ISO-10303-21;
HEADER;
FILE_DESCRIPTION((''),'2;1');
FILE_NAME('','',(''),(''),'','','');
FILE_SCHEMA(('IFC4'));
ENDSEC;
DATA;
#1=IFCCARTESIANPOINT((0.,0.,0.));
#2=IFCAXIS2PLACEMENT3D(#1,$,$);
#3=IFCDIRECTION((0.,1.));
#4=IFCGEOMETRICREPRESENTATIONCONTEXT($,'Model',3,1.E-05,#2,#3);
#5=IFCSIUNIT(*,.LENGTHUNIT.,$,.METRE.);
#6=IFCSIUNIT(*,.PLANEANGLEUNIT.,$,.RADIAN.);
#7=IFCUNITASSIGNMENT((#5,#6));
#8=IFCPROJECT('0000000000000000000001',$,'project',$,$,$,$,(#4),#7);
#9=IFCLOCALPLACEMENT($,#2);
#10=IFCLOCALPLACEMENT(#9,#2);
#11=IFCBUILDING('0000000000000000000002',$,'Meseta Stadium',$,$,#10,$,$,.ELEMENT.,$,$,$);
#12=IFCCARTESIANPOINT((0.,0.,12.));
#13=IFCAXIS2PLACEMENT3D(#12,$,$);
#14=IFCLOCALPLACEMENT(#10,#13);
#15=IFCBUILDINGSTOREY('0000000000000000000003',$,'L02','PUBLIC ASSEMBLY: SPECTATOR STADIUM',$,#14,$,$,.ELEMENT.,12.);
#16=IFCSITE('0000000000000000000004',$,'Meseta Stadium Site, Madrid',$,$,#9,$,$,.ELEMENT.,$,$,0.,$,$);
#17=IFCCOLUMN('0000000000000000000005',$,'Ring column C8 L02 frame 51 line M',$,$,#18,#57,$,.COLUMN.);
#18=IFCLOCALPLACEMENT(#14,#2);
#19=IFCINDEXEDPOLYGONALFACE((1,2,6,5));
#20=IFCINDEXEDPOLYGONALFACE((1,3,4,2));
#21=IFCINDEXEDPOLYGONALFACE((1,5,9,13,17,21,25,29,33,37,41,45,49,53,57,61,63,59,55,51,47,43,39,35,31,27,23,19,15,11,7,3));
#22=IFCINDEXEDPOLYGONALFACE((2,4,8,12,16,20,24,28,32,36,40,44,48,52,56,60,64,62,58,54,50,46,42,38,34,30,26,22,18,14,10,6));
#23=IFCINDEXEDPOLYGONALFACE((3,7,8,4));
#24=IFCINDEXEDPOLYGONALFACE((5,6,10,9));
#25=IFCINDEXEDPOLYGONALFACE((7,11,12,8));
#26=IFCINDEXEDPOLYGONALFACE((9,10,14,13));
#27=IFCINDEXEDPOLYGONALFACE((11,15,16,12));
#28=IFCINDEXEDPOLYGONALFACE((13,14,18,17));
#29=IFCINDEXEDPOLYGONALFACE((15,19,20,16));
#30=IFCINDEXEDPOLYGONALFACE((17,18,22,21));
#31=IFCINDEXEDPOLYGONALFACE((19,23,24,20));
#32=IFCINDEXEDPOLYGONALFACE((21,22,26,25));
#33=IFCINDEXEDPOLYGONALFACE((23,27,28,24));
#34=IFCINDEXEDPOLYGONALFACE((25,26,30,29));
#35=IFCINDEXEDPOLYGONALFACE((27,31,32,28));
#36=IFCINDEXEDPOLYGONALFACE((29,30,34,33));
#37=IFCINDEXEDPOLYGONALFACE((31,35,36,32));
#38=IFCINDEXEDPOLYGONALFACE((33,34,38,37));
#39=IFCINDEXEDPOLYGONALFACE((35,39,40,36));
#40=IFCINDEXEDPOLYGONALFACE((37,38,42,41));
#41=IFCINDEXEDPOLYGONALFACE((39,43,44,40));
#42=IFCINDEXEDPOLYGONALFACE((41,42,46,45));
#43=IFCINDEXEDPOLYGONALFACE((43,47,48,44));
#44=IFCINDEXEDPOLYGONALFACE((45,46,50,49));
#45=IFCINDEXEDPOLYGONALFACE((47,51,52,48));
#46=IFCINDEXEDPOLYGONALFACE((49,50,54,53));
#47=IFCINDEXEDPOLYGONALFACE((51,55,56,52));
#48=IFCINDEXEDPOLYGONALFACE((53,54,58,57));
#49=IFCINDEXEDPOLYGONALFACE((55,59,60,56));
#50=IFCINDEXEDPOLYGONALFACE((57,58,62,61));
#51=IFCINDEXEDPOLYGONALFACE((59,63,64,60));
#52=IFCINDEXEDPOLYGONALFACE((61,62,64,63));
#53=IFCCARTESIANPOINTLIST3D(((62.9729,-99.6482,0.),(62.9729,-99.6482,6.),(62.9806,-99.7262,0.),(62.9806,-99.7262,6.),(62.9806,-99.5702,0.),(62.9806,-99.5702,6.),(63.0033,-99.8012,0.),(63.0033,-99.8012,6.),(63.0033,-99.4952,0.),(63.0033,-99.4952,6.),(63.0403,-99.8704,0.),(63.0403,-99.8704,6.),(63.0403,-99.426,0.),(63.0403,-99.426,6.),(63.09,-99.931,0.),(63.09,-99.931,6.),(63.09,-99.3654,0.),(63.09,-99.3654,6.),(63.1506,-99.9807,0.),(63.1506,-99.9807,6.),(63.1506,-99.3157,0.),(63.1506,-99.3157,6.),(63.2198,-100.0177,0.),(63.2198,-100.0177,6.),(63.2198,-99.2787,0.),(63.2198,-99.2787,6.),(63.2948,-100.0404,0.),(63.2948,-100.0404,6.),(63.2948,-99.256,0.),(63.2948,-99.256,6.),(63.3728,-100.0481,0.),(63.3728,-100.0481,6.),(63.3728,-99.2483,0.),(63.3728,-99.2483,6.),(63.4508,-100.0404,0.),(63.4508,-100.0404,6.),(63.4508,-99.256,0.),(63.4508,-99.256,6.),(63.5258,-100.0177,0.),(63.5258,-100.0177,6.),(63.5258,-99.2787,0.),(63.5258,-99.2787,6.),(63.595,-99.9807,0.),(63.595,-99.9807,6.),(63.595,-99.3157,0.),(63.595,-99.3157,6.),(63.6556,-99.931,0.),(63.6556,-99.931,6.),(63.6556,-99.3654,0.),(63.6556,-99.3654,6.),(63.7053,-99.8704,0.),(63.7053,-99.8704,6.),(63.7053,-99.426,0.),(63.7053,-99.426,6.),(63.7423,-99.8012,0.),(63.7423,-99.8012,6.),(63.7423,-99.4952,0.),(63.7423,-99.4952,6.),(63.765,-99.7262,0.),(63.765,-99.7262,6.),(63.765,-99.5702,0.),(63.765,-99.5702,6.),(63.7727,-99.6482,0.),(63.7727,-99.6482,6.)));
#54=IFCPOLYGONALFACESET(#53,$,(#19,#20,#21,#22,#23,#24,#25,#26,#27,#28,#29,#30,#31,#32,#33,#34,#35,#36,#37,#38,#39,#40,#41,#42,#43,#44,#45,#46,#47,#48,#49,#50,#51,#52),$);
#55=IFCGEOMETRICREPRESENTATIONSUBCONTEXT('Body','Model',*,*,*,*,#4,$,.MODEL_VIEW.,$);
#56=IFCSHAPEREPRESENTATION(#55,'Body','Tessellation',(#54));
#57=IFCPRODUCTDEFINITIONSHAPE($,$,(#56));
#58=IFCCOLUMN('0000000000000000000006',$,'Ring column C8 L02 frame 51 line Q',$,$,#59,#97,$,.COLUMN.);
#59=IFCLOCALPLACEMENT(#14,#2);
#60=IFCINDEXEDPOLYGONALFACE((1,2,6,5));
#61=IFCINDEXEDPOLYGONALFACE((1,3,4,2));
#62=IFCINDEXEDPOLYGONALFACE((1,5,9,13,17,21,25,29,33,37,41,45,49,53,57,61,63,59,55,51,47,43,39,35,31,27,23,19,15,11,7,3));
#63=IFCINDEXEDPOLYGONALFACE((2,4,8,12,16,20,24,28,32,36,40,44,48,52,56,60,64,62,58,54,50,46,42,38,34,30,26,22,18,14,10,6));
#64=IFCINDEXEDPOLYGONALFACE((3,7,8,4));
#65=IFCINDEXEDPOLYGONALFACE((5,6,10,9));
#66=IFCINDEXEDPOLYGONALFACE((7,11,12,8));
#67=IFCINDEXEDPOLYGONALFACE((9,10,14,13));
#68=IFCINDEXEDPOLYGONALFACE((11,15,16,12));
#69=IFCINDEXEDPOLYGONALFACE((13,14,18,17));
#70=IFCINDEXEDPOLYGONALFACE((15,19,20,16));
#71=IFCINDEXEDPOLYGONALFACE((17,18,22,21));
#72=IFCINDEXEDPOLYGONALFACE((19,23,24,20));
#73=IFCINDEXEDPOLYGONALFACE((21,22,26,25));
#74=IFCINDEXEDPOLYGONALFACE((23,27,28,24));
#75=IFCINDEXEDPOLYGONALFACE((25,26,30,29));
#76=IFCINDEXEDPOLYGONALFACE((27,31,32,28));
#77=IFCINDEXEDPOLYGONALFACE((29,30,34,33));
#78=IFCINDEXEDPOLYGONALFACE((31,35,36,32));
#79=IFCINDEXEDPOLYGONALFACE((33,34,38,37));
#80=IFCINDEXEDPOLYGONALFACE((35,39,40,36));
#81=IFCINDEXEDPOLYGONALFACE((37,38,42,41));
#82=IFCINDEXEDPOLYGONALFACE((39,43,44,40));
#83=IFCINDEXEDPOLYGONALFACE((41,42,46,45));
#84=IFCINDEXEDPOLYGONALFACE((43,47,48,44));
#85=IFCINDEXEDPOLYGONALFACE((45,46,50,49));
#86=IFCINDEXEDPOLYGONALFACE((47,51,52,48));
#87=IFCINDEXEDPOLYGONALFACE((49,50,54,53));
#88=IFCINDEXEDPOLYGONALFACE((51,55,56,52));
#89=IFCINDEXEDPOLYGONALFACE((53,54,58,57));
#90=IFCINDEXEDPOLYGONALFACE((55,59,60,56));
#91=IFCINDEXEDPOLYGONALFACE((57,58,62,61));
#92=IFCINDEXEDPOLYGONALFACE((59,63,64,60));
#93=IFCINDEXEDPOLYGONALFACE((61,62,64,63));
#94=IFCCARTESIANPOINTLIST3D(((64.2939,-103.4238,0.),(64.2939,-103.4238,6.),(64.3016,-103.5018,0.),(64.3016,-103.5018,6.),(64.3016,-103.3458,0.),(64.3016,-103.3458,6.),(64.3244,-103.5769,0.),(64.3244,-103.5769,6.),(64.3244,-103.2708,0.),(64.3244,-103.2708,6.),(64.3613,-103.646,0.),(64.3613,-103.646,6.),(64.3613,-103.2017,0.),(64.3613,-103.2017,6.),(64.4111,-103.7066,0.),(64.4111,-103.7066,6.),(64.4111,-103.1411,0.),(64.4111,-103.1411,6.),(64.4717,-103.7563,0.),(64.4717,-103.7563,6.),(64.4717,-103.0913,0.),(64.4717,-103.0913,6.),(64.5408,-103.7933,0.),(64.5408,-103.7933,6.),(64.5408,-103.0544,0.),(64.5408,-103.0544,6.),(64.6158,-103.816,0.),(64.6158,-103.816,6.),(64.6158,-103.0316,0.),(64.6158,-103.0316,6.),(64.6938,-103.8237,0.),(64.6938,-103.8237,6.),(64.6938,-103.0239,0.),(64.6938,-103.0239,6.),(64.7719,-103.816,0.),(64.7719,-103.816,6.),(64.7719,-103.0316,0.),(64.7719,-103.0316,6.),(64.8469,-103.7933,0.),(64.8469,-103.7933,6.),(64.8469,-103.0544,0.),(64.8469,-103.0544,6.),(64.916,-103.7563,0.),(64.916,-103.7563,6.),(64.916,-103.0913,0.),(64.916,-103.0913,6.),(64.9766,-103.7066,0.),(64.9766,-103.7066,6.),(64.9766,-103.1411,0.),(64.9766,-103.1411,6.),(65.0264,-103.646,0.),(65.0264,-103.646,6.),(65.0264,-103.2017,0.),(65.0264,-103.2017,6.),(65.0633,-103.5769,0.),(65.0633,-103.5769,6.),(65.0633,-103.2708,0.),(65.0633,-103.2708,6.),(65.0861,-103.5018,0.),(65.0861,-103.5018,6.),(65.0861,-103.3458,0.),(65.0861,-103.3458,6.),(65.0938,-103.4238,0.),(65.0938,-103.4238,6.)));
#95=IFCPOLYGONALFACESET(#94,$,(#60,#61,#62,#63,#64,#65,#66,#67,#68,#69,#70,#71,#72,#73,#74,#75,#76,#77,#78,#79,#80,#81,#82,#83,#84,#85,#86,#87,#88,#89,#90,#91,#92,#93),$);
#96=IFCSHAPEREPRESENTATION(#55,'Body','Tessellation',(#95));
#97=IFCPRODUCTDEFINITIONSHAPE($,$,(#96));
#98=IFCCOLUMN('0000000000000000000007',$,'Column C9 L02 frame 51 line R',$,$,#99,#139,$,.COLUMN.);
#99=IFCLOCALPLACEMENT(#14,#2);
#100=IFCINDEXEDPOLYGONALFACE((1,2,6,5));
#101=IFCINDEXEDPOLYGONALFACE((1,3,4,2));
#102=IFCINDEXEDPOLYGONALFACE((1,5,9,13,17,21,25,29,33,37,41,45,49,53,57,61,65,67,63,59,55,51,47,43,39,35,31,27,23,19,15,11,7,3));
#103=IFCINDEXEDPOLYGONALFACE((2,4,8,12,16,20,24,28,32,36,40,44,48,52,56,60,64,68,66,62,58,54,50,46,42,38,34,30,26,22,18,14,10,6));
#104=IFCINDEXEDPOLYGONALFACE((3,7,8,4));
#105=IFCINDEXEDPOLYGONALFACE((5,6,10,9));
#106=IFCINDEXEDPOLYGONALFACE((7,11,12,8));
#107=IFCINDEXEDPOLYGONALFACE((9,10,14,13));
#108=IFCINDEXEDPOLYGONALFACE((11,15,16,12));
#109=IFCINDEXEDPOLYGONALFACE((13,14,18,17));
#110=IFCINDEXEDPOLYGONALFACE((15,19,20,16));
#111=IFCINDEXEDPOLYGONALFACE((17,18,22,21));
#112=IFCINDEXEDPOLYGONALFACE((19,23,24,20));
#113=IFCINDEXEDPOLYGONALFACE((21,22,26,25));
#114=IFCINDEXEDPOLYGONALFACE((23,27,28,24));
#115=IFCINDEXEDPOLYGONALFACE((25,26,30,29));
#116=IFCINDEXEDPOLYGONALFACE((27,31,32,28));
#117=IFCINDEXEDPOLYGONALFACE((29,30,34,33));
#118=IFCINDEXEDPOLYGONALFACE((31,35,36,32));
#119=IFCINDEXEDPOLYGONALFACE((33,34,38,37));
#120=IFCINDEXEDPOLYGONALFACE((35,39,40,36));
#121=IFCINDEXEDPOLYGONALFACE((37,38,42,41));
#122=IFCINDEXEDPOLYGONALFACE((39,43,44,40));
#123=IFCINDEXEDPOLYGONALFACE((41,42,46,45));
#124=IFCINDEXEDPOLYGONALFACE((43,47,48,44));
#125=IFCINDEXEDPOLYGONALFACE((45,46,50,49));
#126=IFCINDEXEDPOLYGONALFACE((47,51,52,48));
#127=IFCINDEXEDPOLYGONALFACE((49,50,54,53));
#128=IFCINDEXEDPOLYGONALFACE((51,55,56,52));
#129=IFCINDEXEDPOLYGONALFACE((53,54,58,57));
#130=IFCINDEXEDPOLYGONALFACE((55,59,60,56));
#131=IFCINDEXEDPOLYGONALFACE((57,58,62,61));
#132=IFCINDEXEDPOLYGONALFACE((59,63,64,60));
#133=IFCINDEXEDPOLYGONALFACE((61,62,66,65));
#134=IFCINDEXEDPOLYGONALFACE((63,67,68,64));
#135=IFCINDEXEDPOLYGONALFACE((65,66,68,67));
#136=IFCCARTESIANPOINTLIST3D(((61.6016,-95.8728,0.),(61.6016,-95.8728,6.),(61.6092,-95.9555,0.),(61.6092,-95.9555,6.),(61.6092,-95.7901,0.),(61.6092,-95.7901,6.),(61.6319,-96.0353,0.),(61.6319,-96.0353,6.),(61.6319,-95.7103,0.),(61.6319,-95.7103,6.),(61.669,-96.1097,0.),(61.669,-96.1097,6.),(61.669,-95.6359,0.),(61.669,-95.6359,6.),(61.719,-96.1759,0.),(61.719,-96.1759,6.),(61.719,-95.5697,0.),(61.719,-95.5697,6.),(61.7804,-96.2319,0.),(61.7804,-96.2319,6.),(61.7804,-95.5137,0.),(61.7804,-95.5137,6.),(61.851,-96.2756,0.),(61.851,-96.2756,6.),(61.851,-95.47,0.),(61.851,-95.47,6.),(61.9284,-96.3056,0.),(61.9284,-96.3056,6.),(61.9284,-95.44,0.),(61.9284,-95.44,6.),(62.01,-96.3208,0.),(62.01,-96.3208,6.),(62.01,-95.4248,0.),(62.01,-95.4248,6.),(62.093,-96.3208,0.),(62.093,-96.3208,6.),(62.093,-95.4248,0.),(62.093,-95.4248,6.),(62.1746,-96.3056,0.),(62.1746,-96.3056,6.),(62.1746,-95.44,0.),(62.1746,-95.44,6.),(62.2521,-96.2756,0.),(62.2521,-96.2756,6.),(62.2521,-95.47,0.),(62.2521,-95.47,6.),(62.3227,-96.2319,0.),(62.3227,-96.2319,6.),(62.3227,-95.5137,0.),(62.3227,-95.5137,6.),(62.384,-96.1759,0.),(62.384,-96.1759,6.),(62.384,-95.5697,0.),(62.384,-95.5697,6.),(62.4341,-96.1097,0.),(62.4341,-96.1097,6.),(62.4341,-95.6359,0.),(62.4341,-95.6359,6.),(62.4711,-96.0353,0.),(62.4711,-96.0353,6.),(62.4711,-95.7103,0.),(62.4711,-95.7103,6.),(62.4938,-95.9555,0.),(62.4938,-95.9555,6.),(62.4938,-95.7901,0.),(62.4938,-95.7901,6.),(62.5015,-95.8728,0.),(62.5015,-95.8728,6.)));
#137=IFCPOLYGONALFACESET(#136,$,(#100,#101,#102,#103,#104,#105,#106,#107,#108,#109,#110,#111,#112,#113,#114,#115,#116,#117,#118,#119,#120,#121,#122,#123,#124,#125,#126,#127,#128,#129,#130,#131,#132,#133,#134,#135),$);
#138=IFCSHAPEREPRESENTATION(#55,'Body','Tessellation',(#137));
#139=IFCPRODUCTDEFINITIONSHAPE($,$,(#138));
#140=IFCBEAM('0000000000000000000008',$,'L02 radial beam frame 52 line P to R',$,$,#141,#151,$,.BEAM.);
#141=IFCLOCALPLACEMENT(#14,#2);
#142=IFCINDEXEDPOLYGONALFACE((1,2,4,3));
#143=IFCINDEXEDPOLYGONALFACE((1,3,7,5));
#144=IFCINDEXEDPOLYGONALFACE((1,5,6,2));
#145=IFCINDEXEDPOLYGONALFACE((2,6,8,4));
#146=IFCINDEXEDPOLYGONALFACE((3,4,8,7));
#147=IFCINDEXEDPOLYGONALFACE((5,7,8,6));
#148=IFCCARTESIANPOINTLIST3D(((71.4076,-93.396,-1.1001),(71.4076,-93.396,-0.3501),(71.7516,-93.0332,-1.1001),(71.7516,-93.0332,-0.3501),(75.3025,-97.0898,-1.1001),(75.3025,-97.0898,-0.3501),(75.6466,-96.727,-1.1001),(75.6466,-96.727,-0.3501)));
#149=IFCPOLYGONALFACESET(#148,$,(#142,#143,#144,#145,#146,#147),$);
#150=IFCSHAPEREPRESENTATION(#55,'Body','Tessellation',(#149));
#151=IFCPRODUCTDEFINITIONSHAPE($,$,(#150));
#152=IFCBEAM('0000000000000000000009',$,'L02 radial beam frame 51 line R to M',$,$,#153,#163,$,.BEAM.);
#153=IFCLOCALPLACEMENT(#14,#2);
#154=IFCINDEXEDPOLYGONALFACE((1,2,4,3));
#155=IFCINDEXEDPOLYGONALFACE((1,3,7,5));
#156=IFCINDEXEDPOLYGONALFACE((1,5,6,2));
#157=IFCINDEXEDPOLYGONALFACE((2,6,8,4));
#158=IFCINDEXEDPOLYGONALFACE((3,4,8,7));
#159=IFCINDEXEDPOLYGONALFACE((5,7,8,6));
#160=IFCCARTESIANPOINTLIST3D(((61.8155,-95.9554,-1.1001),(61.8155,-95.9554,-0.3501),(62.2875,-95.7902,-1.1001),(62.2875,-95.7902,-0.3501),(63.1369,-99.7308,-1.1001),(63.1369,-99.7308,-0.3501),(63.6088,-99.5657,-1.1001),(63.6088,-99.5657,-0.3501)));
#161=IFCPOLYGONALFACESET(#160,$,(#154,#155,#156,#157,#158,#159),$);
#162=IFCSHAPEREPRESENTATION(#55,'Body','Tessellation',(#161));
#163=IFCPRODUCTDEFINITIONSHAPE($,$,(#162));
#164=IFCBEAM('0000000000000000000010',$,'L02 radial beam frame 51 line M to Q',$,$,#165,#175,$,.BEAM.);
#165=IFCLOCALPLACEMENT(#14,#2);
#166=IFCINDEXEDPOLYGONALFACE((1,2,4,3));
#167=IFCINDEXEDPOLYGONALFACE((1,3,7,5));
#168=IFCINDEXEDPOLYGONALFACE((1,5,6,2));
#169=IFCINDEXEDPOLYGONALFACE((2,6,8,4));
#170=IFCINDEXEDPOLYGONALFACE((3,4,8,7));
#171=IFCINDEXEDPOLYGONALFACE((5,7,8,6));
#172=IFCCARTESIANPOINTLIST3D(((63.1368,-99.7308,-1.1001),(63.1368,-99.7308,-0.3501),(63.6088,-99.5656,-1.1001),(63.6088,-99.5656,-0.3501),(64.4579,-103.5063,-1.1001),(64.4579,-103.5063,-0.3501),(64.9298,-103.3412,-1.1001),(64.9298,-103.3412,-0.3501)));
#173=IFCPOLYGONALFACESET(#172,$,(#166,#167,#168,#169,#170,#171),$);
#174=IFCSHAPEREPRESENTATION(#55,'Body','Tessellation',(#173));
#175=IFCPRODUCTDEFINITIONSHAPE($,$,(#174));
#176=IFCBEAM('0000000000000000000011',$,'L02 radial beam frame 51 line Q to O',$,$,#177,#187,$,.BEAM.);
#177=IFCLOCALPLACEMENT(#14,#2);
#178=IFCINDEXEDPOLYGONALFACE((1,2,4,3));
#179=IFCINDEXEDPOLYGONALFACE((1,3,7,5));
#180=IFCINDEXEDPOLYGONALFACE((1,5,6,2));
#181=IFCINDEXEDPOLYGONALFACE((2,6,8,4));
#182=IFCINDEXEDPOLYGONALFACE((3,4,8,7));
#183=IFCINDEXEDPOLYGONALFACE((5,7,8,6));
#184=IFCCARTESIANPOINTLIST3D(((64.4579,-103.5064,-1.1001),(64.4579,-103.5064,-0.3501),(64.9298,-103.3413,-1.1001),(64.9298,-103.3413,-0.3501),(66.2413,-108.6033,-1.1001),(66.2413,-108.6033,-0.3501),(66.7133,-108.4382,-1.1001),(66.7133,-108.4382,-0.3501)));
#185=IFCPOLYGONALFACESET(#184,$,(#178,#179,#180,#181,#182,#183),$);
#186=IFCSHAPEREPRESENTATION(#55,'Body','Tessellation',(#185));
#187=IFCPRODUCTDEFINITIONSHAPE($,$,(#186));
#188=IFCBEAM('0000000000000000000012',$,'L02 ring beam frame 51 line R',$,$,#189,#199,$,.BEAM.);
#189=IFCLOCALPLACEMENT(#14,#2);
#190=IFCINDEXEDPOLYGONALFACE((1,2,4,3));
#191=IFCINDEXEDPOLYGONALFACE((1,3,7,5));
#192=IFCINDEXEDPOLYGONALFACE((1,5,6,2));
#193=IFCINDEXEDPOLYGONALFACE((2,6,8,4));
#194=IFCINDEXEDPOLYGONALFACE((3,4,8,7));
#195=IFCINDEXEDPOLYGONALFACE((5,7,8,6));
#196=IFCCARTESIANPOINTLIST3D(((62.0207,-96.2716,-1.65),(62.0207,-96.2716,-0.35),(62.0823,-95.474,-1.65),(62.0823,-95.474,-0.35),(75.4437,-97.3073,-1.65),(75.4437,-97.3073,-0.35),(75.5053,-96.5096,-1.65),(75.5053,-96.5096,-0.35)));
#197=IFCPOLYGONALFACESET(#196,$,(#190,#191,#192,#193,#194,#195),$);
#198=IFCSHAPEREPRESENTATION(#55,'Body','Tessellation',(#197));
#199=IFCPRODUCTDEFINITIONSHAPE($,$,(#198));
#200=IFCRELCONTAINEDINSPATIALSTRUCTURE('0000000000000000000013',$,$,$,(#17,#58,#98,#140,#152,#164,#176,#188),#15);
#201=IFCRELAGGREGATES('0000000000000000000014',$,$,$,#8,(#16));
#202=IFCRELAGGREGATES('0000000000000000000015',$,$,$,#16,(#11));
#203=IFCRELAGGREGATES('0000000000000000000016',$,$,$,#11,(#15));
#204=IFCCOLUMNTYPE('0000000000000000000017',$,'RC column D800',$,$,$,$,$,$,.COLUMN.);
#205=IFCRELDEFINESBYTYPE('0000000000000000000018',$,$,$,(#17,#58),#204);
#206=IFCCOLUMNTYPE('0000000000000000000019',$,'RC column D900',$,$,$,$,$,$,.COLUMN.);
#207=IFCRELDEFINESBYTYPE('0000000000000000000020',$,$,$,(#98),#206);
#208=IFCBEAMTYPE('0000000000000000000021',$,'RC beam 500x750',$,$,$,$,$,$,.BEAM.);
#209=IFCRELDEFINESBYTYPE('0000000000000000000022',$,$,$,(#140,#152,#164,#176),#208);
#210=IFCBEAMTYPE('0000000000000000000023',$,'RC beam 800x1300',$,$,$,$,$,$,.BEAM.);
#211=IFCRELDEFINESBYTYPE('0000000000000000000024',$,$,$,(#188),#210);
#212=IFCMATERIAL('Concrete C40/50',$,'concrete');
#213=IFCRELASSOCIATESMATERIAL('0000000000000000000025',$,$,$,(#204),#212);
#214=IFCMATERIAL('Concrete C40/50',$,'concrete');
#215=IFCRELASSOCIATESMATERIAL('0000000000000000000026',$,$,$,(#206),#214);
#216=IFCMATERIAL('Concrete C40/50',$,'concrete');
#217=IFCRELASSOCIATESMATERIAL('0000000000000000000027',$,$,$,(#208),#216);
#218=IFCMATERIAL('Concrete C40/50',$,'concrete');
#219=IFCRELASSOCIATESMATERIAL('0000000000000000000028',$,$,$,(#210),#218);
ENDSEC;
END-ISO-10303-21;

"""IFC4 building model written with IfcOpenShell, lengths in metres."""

from ifc_helpers import new_model, si_unit, direction, frame, origin, origin_2d, place, context, subcontext, project, spatial, rectangle, circle, extrude, material, material_profile, profile_set, type_object, element, save


model = new_model("IFC4")

# Units and contexts
model_context = context("Model", 3, precision=1e-05, world=origin(), true_north=direction((0.0, 1.0)))
body_context = subcontext(model_context, "Body", "Model", "MODEL_VIEW")
ifc_project = project(units=[si_unit("LENGTHUNIT", "METRE"), si_unit("PLANEANGLEUNIT", "RADIAN")], contexts=[model_context])

# Site, building, storey
site_placement = place(None, origin())
site = spatial("IfcSite", under=ifc_project, at=site_placement, Name="Meseta Stadium Site, Madrid", CompositionType="ELEMENT", RefElevation=0.0)
building_placement = place(site_placement, origin())
building = spatial("IfcBuilding", under=site, at=building_placement, Name="Meseta Stadium", CompositionType="ELEMENT")
storey_placement = place(building_placement, frame((0.0, 0.0, 12.0)))
storey = spatial("IfcBuildingStorey", under=building, at=storey_placement, Name="L02", Description="PUBLIC ASSEMBLY: SPECTATOR STADIUM", CompositionType="ELEMENT", Elevation=12.0)

# Columns
ifc_material_1 = material(Name="Concrete C40/50", Category="concrete")
ifc_material_profile_1 = material_profile(ifc_material_1, circle(Radius=0.3999, at=origin_2d()), Name="RC D800")
ifc_profile_set_1 = profile_set([ifc_material_profile_1], Name="Concrete C40/50")
column_type_1 = type_object("IfcColumnType", Name="RC column D800", PredefinedType="COLUMN", material=ifc_profile_set_1)
for number, where, z_axis, x_axis, name in (
    (1, (63.3728, -99.6482, 0.0), (0.0, 0.0, 1.0), (1.0, 0.0, 0.0), "Ring column C8 L02 frame 51 line M"),
    (2, (64.6938, -103.4238, 0.0), (0.0, 0.0, 1.0), (1.0, 0.0, 0.0), "Ring column C8 L02 frame 51 line Q"),
):
    element("IfcColumn", number, at=place(storey_placement, frame(where, z_axis=z_axis, x_axis=x_axis)), inside=storey, type_object=column_type_1, Name=name, PredefinedType="COLUMN", context=body_context, shape_type="SweptSolid", body=[
        extrude(circle(Radius=0.3999, at=origin_2d()), origin(), (0.0, 0.0, 1.0), 6.0),
    ])
ifc_material_2 = material(Name="Concrete C40/50", Category="concrete")
ifc_material_profile_2 = material_profile(ifc_material_2, circle(Radius=0.45, at=origin_2d()), Name="RC D900")
ifc_profile_set_2 = profile_set([ifc_material_profile_2], Name="Concrete C40/50")
column_type_2 = type_object("IfcColumnType", Name="RC column D900", PredefinedType="COLUMN", material=ifc_profile_set_2)
column_placement = place(storey_placement, frame((62.0515, -95.8728, 0.0), z_axis=(0.0, 0.0, 1.0), x_axis=(1.0, 0.0, 0.0)))
element("IfcColumn", 3, at=column_placement, inside=storey, type_object=column_type_2, Name="Column C9 L02 frame 51 line R", PredefinedType="COLUMN", context=body_context, shape_type="SweptSolid", body=[
    extrude(circle(Radius=0.45, at=origin_2d()), origin(), (0.0, 0.0, 1.0), 6.0),
])

# Beams
ifc_material_3 = material(Name="Concrete C40/50", Category="concrete")
ifc_material_profile_3 = material_profile(ifc_material_3, rectangle(XDim=0.5, YDim=0.75, at=origin_2d()), Name="RC 500x750")
ifc_profile_set_3 = profile_set([ifc_material_profile_3], Name="Concrete C40/50")
beam_type_1 = type_object("IfcBeamType", Name="RC beam 500x750", PredefinedType="BEAM", material=ifc_profile_set_3)
beam_1_placement = place(storey_placement, frame((71.5796, -93.2146, -0.7251), z_axis=(0.725596, -0.68812, 0.0), x_axis=(0.68812, 0.725596, 0.0)))
element("IfcBeam", 4, at=beam_1_placement, inside=storey, type_object=beam_type_1, Name="L02 radial beam frame 52 line P to R", PredefinedType="BEAM", context=body_context, shape_type="SweptSolid", body=[
    extrude(rectangle(XDim=0.5, YDim=0.75, at=origin_2d()), origin(), (0.0, 0.0, 1.0), 5.3679),
])
for number, where, z_axis, x_axis, name in (
    (5, (62.0515, -95.8728, -0.7251), (0.330329, -0.943866, 0.0), (0.943866, 0.330329, 0.0), "L02 radial beam frame 51 line R to M"),
    (6, (63.3728, -99.6482, -0.7251), (0.330255, -0.943892, 0.0), (0.943892, 0.330255, 0.0), "L02 radial beam frame 51 line M to Q"),
):
    element("IfcBeam", number, at=place(storey_placement, frame(where, z_axis=z_axis, x_axis=x_axis)), inside=storey, type_object=beam_type_1, Name=name, PredefinedType="BEAM", context=body_context, shape_type="SweptSolid", body=[
        extrude(rectangle(XDim=0.5, YDim=0.75, at=origin_2d()), origin(), (0.0, 0.0, 1.0), 4.0),
    ])
beam_2_placement = place(storey_placement, frame((64.6938, -103.4238, -0.7251), z_axis=(0.330272, -0.943886, 0.0), x_axis=(0.943886, 0.330272, 0.0)))
element("IfcBeam", 7, at=beam_2_placement, inside=storey, type_object=beam_type_1, Name="L02 radial beam frame 51 line Q to O", PredefinedType="BEAM", context=body_context, shape_type="SweptSolid", body=[
    extrude(rectangle(XDim=0.5, YDim=0.75, at=origin_2d()), origin(), (0.0, 0.0, 1.0), 5.3999),
])
ifc_material_4 = material(Name="Concrete C40/50", Category="concrete")
ifc_material_profile_4 = material_profile(ifc_material_4, rectangle(XDim=0.8, YDim=1.3, at=origin_2d()), Name="RC 800x1300")
ifc_profile_set_4 = profile_set([ifc_material_profile_4], Name="Concrete C40/50")
beam_type_2 = type_object("IfcBeamType", Name="RC beam 800x1300", PredefinedType="BEAM", material=ifc_profile_set_4)
beam_3_placement = place(storey_placement, frame((62.0515, -95.8728, -1.0), z_axis=(0.997037, -0.076925, 0.0), x_axis=(0.076925, 0.997037, 0.0)))
element("IfcBeam", 8, at=beam_3_placement, inside=storey, type_object=beam_type_2, Name="L02 ring beam frame 51 line R", PredefinedType="BEAM", context=body_context, shape_type="SweptSolid", body=[
    extrude(rectangle(XDim=0.8, YDim=1.3, at=origin_2d()), origin(), (0.0, 0.0, 1.0), 13.4629),
])

save(model, "model.ifc")
